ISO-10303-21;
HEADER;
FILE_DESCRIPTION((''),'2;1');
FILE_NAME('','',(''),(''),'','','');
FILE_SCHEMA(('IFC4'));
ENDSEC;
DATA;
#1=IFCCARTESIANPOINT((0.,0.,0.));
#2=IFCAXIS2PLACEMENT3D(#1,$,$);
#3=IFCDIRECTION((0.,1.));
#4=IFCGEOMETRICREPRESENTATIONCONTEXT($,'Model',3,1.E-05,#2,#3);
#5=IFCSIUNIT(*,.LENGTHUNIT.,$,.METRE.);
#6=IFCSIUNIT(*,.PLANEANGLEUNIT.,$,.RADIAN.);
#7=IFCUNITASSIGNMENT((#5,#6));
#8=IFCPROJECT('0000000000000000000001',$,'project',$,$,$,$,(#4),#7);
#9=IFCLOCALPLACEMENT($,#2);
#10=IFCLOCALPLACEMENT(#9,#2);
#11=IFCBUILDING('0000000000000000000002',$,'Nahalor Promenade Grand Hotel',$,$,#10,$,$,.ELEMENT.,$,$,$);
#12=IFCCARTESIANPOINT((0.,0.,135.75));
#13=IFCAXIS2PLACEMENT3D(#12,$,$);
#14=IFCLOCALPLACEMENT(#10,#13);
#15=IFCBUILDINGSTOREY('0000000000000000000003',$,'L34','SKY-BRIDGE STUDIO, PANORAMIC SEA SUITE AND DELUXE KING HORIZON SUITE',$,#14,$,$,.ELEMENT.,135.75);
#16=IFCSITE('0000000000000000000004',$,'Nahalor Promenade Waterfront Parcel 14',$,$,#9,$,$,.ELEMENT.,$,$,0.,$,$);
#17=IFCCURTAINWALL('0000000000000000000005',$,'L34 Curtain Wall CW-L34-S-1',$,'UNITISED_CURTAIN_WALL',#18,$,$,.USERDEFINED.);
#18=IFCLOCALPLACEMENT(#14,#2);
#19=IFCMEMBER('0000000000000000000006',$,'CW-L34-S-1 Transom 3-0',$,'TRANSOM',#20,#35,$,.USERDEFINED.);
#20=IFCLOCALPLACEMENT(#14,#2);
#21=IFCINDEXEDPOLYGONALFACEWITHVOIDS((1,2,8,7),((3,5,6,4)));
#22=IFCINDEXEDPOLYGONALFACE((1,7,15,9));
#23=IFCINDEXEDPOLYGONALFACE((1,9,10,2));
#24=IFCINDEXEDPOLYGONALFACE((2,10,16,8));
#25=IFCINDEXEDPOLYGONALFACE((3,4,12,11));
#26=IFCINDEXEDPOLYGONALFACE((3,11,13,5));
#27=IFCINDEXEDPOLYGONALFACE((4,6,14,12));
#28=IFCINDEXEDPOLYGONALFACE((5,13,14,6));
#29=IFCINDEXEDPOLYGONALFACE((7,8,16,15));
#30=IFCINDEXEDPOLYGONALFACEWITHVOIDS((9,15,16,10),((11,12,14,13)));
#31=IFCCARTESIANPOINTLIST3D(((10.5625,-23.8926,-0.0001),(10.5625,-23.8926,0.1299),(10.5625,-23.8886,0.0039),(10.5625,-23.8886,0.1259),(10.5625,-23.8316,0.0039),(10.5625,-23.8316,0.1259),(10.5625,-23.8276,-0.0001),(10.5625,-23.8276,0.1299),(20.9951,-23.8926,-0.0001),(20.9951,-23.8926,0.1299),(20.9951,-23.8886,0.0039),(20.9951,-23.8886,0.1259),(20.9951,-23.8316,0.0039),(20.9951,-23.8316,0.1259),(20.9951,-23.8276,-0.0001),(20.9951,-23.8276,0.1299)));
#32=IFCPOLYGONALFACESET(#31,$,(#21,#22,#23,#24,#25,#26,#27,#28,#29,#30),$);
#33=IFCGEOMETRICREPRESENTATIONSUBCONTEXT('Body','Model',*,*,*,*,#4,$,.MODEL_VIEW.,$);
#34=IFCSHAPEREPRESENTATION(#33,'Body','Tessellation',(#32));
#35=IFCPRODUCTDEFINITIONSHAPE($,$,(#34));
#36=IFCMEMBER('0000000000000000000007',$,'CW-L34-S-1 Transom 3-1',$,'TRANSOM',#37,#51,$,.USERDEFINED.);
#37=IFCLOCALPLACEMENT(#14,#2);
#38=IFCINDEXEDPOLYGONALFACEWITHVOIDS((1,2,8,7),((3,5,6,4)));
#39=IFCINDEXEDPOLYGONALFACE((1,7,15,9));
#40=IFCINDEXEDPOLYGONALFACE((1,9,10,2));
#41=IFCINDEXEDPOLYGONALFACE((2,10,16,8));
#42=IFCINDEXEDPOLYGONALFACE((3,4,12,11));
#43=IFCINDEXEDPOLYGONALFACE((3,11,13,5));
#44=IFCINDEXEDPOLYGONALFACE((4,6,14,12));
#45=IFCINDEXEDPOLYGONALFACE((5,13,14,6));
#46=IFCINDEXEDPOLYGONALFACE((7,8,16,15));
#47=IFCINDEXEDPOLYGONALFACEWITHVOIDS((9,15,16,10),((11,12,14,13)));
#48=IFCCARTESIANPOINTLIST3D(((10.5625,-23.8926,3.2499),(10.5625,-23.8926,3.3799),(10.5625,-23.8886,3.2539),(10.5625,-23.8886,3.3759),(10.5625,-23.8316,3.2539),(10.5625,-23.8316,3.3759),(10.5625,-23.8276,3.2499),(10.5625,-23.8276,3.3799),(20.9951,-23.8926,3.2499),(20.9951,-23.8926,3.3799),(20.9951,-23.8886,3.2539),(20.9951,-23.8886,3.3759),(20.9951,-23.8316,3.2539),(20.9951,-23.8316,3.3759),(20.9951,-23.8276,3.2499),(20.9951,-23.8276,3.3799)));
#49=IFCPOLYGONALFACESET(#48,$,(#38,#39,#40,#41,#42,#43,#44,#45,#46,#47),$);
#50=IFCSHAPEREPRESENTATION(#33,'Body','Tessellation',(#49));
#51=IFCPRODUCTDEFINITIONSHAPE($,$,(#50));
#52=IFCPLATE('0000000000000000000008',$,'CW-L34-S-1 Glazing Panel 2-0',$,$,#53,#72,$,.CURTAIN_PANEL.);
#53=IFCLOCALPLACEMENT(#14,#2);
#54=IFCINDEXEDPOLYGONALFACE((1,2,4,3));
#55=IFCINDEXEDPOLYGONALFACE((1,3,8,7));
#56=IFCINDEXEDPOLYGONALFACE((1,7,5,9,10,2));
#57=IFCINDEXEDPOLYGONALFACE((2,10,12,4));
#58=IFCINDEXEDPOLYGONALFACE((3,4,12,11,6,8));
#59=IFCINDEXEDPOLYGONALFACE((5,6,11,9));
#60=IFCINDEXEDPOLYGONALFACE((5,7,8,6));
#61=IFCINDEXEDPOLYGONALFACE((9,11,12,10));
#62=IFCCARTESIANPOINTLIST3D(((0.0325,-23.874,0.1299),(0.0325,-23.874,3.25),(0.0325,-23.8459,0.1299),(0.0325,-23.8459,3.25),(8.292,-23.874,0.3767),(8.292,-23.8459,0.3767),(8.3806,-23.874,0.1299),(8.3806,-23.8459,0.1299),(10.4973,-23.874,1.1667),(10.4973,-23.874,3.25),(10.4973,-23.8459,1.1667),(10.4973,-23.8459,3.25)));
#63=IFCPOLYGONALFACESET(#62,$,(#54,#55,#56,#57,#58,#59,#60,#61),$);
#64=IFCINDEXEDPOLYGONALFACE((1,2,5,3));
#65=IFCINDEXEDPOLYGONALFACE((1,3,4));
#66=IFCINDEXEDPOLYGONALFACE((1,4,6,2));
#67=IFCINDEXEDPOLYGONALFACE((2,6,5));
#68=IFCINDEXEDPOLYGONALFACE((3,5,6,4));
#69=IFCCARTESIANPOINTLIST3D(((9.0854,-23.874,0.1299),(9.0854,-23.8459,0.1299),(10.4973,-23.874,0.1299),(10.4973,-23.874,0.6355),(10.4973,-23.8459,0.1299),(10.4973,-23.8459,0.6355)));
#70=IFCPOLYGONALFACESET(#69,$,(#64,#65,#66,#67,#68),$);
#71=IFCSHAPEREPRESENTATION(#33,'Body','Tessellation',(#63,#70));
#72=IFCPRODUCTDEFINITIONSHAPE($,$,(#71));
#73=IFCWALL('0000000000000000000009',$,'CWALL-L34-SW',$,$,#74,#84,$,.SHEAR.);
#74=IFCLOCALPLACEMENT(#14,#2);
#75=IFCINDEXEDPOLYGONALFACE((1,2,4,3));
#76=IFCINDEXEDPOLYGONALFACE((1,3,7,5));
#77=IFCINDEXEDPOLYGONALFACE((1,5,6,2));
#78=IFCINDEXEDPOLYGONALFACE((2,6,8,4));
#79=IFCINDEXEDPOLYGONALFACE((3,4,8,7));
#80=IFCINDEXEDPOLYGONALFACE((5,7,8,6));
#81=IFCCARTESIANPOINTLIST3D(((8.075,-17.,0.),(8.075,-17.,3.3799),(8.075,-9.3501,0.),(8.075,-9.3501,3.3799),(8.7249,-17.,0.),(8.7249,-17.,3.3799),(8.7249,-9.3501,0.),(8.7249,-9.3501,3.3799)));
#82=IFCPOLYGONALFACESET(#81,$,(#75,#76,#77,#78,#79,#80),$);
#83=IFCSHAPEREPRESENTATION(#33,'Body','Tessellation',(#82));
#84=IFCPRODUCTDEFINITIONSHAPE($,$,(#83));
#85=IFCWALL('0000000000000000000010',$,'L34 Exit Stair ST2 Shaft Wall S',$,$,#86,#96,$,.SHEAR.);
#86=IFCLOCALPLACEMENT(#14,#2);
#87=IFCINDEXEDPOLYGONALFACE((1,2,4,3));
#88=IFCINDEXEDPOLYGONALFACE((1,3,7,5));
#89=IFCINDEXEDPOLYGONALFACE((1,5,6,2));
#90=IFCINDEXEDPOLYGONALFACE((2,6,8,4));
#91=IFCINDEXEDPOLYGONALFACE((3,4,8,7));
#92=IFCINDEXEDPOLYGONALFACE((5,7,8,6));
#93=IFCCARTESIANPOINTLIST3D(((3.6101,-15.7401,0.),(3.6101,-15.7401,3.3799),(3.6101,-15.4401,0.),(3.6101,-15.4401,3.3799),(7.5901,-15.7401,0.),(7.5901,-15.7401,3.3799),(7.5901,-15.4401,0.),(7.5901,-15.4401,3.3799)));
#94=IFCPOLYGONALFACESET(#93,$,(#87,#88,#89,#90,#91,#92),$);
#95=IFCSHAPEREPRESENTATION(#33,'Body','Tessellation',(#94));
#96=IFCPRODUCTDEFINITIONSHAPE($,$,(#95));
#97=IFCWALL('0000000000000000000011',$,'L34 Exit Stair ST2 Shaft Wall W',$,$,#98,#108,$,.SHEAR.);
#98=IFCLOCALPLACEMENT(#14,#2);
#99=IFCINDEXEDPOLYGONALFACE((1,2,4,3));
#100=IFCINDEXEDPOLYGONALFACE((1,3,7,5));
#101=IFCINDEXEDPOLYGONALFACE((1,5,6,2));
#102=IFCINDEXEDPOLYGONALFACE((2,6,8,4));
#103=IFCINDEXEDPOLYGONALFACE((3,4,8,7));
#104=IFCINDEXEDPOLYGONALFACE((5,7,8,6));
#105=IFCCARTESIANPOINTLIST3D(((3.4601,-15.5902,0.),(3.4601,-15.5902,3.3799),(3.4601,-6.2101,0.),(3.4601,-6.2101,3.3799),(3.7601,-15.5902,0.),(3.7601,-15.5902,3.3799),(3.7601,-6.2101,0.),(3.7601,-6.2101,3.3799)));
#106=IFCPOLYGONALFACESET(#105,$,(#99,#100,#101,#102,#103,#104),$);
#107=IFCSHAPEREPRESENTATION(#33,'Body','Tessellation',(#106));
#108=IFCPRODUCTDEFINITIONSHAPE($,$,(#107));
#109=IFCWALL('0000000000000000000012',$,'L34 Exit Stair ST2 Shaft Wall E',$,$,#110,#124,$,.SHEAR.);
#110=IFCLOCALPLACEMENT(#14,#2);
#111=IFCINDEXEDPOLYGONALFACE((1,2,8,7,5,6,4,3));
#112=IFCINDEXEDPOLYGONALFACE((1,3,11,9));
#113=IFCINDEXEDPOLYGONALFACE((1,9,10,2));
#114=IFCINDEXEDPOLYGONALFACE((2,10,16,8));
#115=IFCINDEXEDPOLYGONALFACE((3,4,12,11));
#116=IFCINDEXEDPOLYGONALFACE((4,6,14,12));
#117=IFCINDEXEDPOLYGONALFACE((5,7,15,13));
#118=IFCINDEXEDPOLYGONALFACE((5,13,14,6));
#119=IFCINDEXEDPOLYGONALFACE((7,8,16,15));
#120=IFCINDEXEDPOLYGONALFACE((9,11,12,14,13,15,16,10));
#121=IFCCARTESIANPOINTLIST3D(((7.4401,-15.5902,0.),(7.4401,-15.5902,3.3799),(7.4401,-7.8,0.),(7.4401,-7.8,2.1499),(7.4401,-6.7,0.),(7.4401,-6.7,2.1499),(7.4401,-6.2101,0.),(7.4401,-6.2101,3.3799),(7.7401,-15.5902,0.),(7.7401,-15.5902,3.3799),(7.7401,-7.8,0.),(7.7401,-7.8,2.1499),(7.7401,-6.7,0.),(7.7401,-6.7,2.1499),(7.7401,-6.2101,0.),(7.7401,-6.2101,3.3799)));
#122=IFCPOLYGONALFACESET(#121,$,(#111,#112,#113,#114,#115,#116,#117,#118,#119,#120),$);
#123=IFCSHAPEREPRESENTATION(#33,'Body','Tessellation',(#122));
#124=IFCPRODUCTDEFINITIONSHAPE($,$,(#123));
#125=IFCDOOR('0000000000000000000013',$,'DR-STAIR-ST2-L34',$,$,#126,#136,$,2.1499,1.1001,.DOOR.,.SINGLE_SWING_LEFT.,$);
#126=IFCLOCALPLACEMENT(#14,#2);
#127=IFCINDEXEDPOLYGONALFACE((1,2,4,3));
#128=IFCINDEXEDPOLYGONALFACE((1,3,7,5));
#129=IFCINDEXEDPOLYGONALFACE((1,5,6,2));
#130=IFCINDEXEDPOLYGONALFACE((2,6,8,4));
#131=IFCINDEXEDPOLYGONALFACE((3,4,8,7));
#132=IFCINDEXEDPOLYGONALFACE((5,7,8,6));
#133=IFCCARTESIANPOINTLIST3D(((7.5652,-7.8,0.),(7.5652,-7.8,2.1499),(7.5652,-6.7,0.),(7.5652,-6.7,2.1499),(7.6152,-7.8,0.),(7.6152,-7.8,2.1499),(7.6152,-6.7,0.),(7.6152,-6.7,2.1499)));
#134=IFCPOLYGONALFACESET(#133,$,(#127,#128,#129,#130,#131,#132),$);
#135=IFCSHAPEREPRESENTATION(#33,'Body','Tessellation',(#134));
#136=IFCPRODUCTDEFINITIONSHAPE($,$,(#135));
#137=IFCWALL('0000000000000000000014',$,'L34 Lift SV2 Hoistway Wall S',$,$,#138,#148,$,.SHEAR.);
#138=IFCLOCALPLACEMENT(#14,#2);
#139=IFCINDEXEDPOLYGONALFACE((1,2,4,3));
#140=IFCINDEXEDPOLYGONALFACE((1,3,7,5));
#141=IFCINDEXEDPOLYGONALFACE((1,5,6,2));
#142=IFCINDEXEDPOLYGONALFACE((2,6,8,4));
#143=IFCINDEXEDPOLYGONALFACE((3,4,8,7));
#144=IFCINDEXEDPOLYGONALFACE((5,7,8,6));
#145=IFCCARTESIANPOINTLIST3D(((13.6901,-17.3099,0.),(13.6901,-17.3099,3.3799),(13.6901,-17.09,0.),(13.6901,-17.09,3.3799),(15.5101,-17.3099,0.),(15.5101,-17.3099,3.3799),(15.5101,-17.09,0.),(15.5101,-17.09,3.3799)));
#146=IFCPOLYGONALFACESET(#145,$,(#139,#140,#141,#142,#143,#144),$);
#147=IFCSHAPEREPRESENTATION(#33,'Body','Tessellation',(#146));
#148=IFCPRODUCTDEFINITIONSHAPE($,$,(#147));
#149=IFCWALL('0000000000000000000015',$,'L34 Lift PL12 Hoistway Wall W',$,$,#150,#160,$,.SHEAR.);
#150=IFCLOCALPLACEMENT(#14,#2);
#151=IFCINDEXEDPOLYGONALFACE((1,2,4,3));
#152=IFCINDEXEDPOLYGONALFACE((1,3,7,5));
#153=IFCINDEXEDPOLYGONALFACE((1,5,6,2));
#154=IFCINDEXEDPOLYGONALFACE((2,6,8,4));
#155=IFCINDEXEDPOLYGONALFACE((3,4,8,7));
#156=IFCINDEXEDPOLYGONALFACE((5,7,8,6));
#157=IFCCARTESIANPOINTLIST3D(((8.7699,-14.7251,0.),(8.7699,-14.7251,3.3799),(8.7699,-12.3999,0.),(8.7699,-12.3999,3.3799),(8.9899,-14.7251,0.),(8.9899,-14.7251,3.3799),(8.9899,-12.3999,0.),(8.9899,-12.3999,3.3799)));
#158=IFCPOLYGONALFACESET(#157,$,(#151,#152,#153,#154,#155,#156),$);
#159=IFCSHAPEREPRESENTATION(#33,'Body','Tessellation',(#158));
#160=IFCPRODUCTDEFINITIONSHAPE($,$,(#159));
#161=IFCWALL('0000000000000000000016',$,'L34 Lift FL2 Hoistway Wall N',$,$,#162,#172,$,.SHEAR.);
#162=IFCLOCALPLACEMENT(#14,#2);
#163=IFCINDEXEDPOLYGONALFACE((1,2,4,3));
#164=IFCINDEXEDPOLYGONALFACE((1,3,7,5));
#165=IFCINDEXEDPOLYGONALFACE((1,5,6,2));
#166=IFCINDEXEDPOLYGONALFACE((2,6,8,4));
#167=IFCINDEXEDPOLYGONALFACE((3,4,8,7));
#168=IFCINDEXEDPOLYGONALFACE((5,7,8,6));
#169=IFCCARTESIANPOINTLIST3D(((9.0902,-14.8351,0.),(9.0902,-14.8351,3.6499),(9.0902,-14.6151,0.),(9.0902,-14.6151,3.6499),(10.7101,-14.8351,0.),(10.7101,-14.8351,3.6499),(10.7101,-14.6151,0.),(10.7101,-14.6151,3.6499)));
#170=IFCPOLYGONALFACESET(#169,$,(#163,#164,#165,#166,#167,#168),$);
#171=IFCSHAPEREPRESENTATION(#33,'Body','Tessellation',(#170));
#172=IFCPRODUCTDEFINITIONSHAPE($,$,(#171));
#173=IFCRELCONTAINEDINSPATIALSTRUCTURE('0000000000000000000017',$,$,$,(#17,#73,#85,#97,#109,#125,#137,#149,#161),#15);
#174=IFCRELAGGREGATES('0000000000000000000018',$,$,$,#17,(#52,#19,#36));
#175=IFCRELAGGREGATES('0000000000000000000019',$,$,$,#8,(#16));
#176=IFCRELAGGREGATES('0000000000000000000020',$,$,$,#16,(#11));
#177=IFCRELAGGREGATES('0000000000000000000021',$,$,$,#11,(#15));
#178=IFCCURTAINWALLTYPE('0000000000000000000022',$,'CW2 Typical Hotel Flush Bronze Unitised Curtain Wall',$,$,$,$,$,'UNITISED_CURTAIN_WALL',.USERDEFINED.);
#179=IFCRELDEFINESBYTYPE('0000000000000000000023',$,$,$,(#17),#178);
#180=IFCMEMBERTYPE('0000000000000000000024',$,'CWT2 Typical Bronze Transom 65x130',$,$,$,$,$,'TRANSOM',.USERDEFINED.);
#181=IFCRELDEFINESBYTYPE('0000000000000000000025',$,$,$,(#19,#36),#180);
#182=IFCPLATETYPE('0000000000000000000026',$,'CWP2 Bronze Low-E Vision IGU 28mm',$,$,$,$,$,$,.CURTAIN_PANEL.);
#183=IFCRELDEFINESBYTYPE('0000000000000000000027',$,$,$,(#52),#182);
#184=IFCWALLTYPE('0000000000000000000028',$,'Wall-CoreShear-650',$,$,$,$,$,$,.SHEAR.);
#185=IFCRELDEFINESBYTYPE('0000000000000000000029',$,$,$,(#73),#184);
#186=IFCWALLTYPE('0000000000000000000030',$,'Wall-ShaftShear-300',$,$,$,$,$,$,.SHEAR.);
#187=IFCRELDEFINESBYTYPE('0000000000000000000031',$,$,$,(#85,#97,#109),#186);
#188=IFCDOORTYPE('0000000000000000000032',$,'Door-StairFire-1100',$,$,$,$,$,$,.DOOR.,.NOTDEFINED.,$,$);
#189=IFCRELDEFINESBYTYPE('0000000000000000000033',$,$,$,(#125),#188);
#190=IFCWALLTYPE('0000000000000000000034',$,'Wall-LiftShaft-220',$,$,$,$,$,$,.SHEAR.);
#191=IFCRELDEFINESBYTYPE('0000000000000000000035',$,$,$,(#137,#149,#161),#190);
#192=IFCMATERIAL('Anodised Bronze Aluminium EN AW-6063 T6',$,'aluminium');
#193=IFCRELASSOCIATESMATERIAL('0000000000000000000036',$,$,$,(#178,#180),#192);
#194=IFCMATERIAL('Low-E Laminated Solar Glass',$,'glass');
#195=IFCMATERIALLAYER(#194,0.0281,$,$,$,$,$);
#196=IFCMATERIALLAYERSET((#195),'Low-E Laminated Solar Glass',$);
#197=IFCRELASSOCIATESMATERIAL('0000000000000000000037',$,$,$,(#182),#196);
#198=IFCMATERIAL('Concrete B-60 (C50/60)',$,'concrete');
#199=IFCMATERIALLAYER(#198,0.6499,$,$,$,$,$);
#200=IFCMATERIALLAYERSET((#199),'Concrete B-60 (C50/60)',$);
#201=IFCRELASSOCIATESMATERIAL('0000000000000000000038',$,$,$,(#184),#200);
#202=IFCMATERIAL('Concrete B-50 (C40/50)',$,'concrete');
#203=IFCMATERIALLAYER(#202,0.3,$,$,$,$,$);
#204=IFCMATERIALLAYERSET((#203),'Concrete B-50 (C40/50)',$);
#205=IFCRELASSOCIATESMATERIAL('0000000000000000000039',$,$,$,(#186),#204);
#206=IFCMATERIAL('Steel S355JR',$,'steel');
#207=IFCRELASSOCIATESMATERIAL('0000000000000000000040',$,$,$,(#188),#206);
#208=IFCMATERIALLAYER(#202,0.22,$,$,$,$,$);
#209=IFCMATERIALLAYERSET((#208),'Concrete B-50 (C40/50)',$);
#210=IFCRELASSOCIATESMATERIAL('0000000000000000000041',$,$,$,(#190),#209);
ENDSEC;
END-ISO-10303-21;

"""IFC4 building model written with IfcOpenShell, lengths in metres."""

from ifc_helpers import new_model, si_unit, direction, frame, frame_2d, origin, origin_2d, place, context, subcontext, project, spatial, polyline, rectangle, hollow_rectangle, outline, extrude, source, transform, mapped, material, layer, layer_set, material_profile, profile_set, type_object, element, fill, aggregate, save


model = new_model("IFC4")

# Units and contexts
model_context = context("Model", 3, precision=1e-05, world=origin(), true_north=direction((0.0, 1.0)))
body_context = subcontext(model_context, "Body", "Model", "MODEL_VIEW")
ifc_project = project(units=[si_unit("LENGTHUNIT", "METRE"), si_unit("PLANEANGLEUNIT", "RADIAN")], contexts=[model_context])

# Site, building, storey
site_placement = place(None, origin())
site = spatial("IfcSite", under=ifc_project, at=site_placement, Name="Nahalor Promenade Waterfront Parcel 14", CompositionType="ELEMENT", RefElevation=0.0)
building_placement = place(site_placement, origin())
building = spatial("IfcBuilding", under=site, at=building_placement, Name="Nahalor Promenade Grand Hotel", CompositionType="ELEMENT")
storey_placement = place(building_placement, frame((0.0, 0.0, 135.75)))
storey = spatial("IfcBuildingStorey", under=building, at=storey_placement, Name="L34", Description="SKY-BRIDGE STUDIO, PANORAMIC SEA SUITE AND DELUXE KING HORIZON SUITE", CompositionType="ELEMENT", Elevation=135.75)

# Shared definitions
ifc_material_1 = material(Name="Concrete B-60 (C50/60)", Category="concrete")

# Shared definitions
ifc_material_2 = material(Name="Steel S355JR", Category="steel")

# Curtain wall, members, plate
ifc_material_3 = material(Name="Anodised Bronze Aluminium EN AW-6063 T6", Category="aluminium")
curtain_wall_type = type_object("IfcCurtainWallType", Name="CW2 Typical Hotel Flush Bronze Unitised Curtain Wall", ElementType="UNITISED_CURTAIN_WALL", PredefinedType="USERDEFINED", material=ifc_material_3)
curtain_wall_placement = place(storey_placement, origin())
curtain_wall = element("IfcCurtainWall", 1, at=curtain_wall_placement, inside=storey, type_object=curtain_wall_type, Name="L34 Curtain Wall CW-L34-S-1", ObjectType="UNITISED_CURTAIN_WALL", PredefinedType="USERDEFINED")
ifc_material_profile_1 = material_profile(ifc_material_3, hollow_rectangle(XDim=0.065, YDim=0.13, WallThickness=0.004, at=origin_2d()), Name="CWT 65x130x4")
ifc_profile_set_1 = profile_set([ifc_material_profile_1], Name="Anodised Bronze Aluminium EN AW-6063 T6")
member_type_1 = type_object("IfcMemberType", Name="CWT2 Typical Bronze Transom 65x130", ElementType="TRANSOM", PredefinedType="USERDEFINED", material=ifc_profile_set_1)
shared_shape_1 = source(origin(), body_context, "Body", "SweptSolid", [
    extrude(hollow_rectangle(XDim=0.065, YDim=0.13, WallThickness=0.004, at=origin_2d()), origin(), (0.0, 0.0, 1.0), 10.4326),
])
member_1_placement = place(storey_placement, frame((10.5625, -23.8601, 0.0649), z_axis=(1.0, 0.0, 0.0), x_axis=(0.0, 1.0, 0.0)))
member_1 = element("IfcMember", 2, at=member_1_placement, type_object=member_type_1, Name="CW-L34-S-1 Transom 3-0", ObjectType="TRANSOM", PredefinedType="USERDEFINED", context=body_context, shape_type="MappedRepresentation", body=[
    mapped(shared_shape_1, transform((0.0, 0.0, 0.0), scale=1.0)),
])
member_2_placement = place(storey_placement, frame((10.5625, -23.8601, 3.3149), z_axis=(1.0, 0.0, 0.0), x_axis=(0.0, 1.0, 0.0)))
member_2 = element("IfcMember", 3, at=member_2_placement, type_object=member_type_1, Name="CW-L34-S-1 Transom 3-1", ObjectType="TRANSOM", PredefinedType="USERDEFINED", context=body_context, shape_type="MappedRepresentation", body=[
    mapped(shared_shape_1, transform((0.0, 0.0, 0.0), scale=1.0)),
])
ifc_material_4 = material(Name="Low-E Laminated Solar Glass", Category="glass")
ifc_layer_1 = layer(ifc_material_4, 0.0281)
ifc_layer_set_1 = layer_set([ifc_layer_1], Name="Low-E Laminated Solar Glass")
plate_type = type_object("IfcPlateType", Name="CWP2 Bronze Low-E Vision IGU 28mm", PredefinedType="CURTAIN_PANEL", material=ifc_layer_set_1)
plate_placement = place(storey_placement, frame((5.2649, -23.8601, 0.1299), z_axis=(0.0, 0.0, 1.0), x_axis=(1.0, 0.0, 0.0)))
plate = element("IfcPlate", 4, at=plate_placement, type_object=plate_type, Name="CW-L34-S-1 Glazing Panel 2-0", PredefinedType="CURTAIN_PANEL", context=body_context, shape_type="SweptSolid", body=[
    extrude(outline(polyline([(-5.2324, 3.1201), (-5.2324, 0.0), (3.1157, 0.0), (3.0271, 0.2468), (5.2324, 1.0369), (5.2324, 3.1201), (-5.2324, 3.1201)])), frame((0.0, 0.0142, 0.0), z_axis=(0.0, -1.0, 0.0), x_axis=(1.0, 0.0, 0.0)), (0.0, 0.0, 1.0), 0.0281),
    extrude(outline(polyline([(3.8206, 0.0), (5.2324, 0.0), (5.2324, 0.5056), (3.8206, 0.0)])), frame((0.0, 0.0142, 0.0), z_axis=(0.0, -1.0, 0.0), x_axis=(1.0, 0.0, 0.0)), (0.0, 0.0, 1.0), 0.0281),
])
aggregate(curtain_wall, [plate, member_1, member_2])

# Walls
ifc_layer_2 = layer(ifc_material_1, 0.6499)
ifc_layer_set_2 = layer_set([ifc_layer_2], Name="Concrete B-60 (C50/60)")
wall_type_1 = type_object("IfcWallType", Name="Wall-CoreShear-650", PredefinedType="SHEAR", material=ifc_layer_set_2)
shared_shape_2 = source(origin(), body_context, "Body", "SweptSolid", [
    extrude(rectangle(XDim=7.6499, YDim=0.6499, at=frame_2d((3.825, 0.0))), origin(), (0.0, 0.0, 1.0), 3.3799),
])
wall_1_placement = place(storey_placement, frame((8.3999, -17.0, 0.0), z_axis=(0.0, 0.0, 1.0), x_axis=(0.0, 1.0, 0.0)))
element("IfcWall", 5, at=wall_1_placement, inside=storey, type_object=wall_type_1, Name="CWALL-L34-SW", PredefinedType="SHEAR", context=body_context, shape_type="MappedRepresentation", body=[
    mapped(shared_shape_2, transform((0.0, 0.0, 0.0), scale=1.0)),
])
ifc_material_5 = material(Name="Concrete B-50 (C40/50)", Category="concrete")
ifc_layer_3 = layer(ifc_material_5, 0.3)
ifc_layer_set_3 = layer_set([ifc_layer_3], Name="Concrete B-50 (C40/50)")
wall_type_2 = type_object("IfcWallType", Name="Wall-ShaftShear-300", PredefinedType="SHEAR", material=ifc_layer_set_3)
shared_shape_3 = source(origin(), body_context, "Body", "SweptSolid", [
    extrude(rectangle(XDim=3.98, YDim=0.3, at=frame_2d((1.99, 0.0))), origin(), (0.0, 0.0, 1.0), 3.3799),
])
wall_2_placement = place(storey_placement, frame((3.6101, -15.5901, 0.0), z_axis=(0.0, 0.0, 1.0), x_axis=(1.0, 0.0, 0.0)))
element("IfcWall", 6, at=wall_2_placement, inside=storey, type_object=wall_type_2, Name="L34 Exit Stair ST2 Shaft Wall S", PredefinedType="SHEAR", context=body_context, shape_type="MappedRepresentation", body=[
    mapped(shared_shape_3, transform((0.0, 0.0, 0.0), scale=1.0)),
])
shared_shape_4 = source(origin(), body_context, "Body", "SweptSolid", [
    extrude(rectangle(XDim=9.3801, YDim=0.3, at=frame_2d((4.6899, 0.0))), origin(), (0.0, 0.0, 1.0), 3.3799),
])
wall_3_placement = place(storey_placement, frame((3.6101, -15.5901, 0.0), z_axis=(0.0, 0.0, 1.0), x_axis=(0.0, 1.0, 0.0)))
element("IfcWall", 7, at=wall_3_placement, inside=storey, type_object=wall_type_2, Name="L34 Exit Stair ST2 Shaft Wall W", PredefinedType="SHEAR", context=body_context, shape_type="MappedRepresentation", body=[
    mapped(shared_shape_4, transform((0.0, 0.0, 0.0), scale=1.0)),
])

# Wall, opening, door
wall_4_placement = place(storey_placement, frame((7.5901, -15.5901, 0.0), z_axis=(0.0, 0.0, 1.0), x_axis=(0.0, 1.0, 0.0)))
wall_4 = element("IfcWall", 8, at=wall_4_placement, inside=storey, type_object=wall_type_2, Name="L34 Exit Stair ST2 Shaft Wall E", PredefinedType="SHEAR", context=body_context, shape_type="MappedRepresentation", body=[
    mapped(shared_shape_4, transform((0.0, 0.0, 0.0), scale=1.0)),
])
opening_1_placement = place(wall_4_placement, frame((7.79, 0.0, 0.0)))
opening_1 = element("IfcOpeningElement", 9, at=opening_1_placement, cuts=wall_4, PredefinedType="OPENING", context=body_context, shape_type="SweptSolid", body=[
    extrude(rectangle(XDim=1.1001, YDim=2.1499, at=frame_2d((0.55, 1.075))), frame((0.0, 0.1599, 0.0), z_axis=(0.0, -1.0, 0.0), x_axis=(1.0, 0.0, 0.0)), (0.0, 0.0, 1.0), 0.3201),
])
door_type_1 = type_object("IfcDoorType", Name="Door-StairFire-1100", OperationType="NOTDEFINED", PredefinedType="DOOR", material=ifc_material_2)
shared_shape_5 = source(origin(), body_context, "Body", "SweptSolid", [
    extrude(rectangle(XDim=1.1001, YDim=2.1499, at=frame_2d((0.55, 1.075))), frame((0.0, 0.0249, 0.0), z_axis=(0.0, -1.0, 0.0), x_axis=(1.0, 0.0, 0.0)), (0.0, 0.0, 1.0), 0.05),
])
door_1_placement = place(opening_1_placement, origin())
door_1 = element("IfcDoor", 10, at=door_1_placement, inside=storey, type_object=door_type_1, Name="DR-STAIR-ST2-L34", OperationType="SINGLE_SWING_LEFT", OverallHeight=2.1499, OverallWidth=1.1001, PredefinedType="DOOR", context=body_context, shape_type="MappedRepresentation", body=[
    mapped(shared_shape_5, transform((0.0, 0.0, 0.0), scale=1.0)),
])
fill(opening_1, door_1)

# Walls
ifc_layer_4 = layer(ifc_material_5, 0.22)
ifc_layer_set_4 = layer_set([ifc_layer_4], Name="Concrete B-50 (C40/50)")
wall_type_3 = type_object("IfcWallType", Name="Wall-LiftShaft-220", PredefinedType="SHEAR", material=ifc_layer_set_4)
shared_shape_6 = source(origin(), body_context, "Body", "SweptSolid", [
    extrude(rectangle(XDim=1.8201, YDim=0.22, at=frame_2d((0.9102, 0.0))), origin(), (0.0, 0.0, 1.0), 3.3799),
])
wall_5_placement = place(storey_placement, frame((13.6899, -17.2, 0.0), z_axis=(0.0, 0.0, 1.0), x_axis=(1.0, 0.0, 0.0)))
element("IfcWall", 11, at=wall_5_placement, inside=storey, type_object=wall_type_3, Name="L34 Lift SV2 Hoistway Wall S", PredefinedType="SHEAR", context=body_context, shape_type="MappedRepresentation", body=[
    mapped(shared_shape_6, transform((0.0, 0.0, 0.0), scale=1.0)),
])
shared_shape_7 = source(origin(), body_context, "Body", "SweptSolid", [
    extrude(rectangle(XDim=2.3252, YDim=0.22, at=frame_2d((1.1626, 0.0))), origin(), (0.0, 0.0, 1.0), 3.3799),
])
wall_6_placement = place(storey_placement, frame((8.8799, -14.7251, 0.0), z_axis=(0.0, 0.0, 1.0), x_axis=(0.0, 1.0, 0.0)))
element("IfcWall", 12, at=wall_6_placement, inside=storey, type_object=wall_type_3, Name="L34 Lift PL12 Hoistway Wall W", PredefinedType="SHEAR", context=body_context, shape_type="MappedRepresentation", body=[
    mapped(shared_shape_7, transform((0.0, 0.0, 0.0), scale=1.0)),
])
shared_shape_8 = source(origin(), body_context, "Body", "SweptSolid", [
    extrude(rectangle(XDim=1.6199, YDim=0.22, at=frame_2d((0.8101, 0.0))), origin(), (0.0, 0.0, 1.0), 3.6499),
])
wall_7_placement = place(storey_placement, frame((9.0901, -14.7251, 0.0), z_axis=(0.0, 0.0, 1.0), x_axis=(1.0, 0.0, 0.0)))
element("IfcWall", 13, at=wall_7_placement, inside=storey, type_object=wall_type_3, Name="L34 Lift FL2 Hoistway Wall N", PredefinedType="SHEAR", context=body_context, shape_type="MappedRepresentation", body=[
    mapped(shared_shape_8, transform((0.0, 0.0, 0.0), scale=1.0)),
])

save(model, "model.ifc")
